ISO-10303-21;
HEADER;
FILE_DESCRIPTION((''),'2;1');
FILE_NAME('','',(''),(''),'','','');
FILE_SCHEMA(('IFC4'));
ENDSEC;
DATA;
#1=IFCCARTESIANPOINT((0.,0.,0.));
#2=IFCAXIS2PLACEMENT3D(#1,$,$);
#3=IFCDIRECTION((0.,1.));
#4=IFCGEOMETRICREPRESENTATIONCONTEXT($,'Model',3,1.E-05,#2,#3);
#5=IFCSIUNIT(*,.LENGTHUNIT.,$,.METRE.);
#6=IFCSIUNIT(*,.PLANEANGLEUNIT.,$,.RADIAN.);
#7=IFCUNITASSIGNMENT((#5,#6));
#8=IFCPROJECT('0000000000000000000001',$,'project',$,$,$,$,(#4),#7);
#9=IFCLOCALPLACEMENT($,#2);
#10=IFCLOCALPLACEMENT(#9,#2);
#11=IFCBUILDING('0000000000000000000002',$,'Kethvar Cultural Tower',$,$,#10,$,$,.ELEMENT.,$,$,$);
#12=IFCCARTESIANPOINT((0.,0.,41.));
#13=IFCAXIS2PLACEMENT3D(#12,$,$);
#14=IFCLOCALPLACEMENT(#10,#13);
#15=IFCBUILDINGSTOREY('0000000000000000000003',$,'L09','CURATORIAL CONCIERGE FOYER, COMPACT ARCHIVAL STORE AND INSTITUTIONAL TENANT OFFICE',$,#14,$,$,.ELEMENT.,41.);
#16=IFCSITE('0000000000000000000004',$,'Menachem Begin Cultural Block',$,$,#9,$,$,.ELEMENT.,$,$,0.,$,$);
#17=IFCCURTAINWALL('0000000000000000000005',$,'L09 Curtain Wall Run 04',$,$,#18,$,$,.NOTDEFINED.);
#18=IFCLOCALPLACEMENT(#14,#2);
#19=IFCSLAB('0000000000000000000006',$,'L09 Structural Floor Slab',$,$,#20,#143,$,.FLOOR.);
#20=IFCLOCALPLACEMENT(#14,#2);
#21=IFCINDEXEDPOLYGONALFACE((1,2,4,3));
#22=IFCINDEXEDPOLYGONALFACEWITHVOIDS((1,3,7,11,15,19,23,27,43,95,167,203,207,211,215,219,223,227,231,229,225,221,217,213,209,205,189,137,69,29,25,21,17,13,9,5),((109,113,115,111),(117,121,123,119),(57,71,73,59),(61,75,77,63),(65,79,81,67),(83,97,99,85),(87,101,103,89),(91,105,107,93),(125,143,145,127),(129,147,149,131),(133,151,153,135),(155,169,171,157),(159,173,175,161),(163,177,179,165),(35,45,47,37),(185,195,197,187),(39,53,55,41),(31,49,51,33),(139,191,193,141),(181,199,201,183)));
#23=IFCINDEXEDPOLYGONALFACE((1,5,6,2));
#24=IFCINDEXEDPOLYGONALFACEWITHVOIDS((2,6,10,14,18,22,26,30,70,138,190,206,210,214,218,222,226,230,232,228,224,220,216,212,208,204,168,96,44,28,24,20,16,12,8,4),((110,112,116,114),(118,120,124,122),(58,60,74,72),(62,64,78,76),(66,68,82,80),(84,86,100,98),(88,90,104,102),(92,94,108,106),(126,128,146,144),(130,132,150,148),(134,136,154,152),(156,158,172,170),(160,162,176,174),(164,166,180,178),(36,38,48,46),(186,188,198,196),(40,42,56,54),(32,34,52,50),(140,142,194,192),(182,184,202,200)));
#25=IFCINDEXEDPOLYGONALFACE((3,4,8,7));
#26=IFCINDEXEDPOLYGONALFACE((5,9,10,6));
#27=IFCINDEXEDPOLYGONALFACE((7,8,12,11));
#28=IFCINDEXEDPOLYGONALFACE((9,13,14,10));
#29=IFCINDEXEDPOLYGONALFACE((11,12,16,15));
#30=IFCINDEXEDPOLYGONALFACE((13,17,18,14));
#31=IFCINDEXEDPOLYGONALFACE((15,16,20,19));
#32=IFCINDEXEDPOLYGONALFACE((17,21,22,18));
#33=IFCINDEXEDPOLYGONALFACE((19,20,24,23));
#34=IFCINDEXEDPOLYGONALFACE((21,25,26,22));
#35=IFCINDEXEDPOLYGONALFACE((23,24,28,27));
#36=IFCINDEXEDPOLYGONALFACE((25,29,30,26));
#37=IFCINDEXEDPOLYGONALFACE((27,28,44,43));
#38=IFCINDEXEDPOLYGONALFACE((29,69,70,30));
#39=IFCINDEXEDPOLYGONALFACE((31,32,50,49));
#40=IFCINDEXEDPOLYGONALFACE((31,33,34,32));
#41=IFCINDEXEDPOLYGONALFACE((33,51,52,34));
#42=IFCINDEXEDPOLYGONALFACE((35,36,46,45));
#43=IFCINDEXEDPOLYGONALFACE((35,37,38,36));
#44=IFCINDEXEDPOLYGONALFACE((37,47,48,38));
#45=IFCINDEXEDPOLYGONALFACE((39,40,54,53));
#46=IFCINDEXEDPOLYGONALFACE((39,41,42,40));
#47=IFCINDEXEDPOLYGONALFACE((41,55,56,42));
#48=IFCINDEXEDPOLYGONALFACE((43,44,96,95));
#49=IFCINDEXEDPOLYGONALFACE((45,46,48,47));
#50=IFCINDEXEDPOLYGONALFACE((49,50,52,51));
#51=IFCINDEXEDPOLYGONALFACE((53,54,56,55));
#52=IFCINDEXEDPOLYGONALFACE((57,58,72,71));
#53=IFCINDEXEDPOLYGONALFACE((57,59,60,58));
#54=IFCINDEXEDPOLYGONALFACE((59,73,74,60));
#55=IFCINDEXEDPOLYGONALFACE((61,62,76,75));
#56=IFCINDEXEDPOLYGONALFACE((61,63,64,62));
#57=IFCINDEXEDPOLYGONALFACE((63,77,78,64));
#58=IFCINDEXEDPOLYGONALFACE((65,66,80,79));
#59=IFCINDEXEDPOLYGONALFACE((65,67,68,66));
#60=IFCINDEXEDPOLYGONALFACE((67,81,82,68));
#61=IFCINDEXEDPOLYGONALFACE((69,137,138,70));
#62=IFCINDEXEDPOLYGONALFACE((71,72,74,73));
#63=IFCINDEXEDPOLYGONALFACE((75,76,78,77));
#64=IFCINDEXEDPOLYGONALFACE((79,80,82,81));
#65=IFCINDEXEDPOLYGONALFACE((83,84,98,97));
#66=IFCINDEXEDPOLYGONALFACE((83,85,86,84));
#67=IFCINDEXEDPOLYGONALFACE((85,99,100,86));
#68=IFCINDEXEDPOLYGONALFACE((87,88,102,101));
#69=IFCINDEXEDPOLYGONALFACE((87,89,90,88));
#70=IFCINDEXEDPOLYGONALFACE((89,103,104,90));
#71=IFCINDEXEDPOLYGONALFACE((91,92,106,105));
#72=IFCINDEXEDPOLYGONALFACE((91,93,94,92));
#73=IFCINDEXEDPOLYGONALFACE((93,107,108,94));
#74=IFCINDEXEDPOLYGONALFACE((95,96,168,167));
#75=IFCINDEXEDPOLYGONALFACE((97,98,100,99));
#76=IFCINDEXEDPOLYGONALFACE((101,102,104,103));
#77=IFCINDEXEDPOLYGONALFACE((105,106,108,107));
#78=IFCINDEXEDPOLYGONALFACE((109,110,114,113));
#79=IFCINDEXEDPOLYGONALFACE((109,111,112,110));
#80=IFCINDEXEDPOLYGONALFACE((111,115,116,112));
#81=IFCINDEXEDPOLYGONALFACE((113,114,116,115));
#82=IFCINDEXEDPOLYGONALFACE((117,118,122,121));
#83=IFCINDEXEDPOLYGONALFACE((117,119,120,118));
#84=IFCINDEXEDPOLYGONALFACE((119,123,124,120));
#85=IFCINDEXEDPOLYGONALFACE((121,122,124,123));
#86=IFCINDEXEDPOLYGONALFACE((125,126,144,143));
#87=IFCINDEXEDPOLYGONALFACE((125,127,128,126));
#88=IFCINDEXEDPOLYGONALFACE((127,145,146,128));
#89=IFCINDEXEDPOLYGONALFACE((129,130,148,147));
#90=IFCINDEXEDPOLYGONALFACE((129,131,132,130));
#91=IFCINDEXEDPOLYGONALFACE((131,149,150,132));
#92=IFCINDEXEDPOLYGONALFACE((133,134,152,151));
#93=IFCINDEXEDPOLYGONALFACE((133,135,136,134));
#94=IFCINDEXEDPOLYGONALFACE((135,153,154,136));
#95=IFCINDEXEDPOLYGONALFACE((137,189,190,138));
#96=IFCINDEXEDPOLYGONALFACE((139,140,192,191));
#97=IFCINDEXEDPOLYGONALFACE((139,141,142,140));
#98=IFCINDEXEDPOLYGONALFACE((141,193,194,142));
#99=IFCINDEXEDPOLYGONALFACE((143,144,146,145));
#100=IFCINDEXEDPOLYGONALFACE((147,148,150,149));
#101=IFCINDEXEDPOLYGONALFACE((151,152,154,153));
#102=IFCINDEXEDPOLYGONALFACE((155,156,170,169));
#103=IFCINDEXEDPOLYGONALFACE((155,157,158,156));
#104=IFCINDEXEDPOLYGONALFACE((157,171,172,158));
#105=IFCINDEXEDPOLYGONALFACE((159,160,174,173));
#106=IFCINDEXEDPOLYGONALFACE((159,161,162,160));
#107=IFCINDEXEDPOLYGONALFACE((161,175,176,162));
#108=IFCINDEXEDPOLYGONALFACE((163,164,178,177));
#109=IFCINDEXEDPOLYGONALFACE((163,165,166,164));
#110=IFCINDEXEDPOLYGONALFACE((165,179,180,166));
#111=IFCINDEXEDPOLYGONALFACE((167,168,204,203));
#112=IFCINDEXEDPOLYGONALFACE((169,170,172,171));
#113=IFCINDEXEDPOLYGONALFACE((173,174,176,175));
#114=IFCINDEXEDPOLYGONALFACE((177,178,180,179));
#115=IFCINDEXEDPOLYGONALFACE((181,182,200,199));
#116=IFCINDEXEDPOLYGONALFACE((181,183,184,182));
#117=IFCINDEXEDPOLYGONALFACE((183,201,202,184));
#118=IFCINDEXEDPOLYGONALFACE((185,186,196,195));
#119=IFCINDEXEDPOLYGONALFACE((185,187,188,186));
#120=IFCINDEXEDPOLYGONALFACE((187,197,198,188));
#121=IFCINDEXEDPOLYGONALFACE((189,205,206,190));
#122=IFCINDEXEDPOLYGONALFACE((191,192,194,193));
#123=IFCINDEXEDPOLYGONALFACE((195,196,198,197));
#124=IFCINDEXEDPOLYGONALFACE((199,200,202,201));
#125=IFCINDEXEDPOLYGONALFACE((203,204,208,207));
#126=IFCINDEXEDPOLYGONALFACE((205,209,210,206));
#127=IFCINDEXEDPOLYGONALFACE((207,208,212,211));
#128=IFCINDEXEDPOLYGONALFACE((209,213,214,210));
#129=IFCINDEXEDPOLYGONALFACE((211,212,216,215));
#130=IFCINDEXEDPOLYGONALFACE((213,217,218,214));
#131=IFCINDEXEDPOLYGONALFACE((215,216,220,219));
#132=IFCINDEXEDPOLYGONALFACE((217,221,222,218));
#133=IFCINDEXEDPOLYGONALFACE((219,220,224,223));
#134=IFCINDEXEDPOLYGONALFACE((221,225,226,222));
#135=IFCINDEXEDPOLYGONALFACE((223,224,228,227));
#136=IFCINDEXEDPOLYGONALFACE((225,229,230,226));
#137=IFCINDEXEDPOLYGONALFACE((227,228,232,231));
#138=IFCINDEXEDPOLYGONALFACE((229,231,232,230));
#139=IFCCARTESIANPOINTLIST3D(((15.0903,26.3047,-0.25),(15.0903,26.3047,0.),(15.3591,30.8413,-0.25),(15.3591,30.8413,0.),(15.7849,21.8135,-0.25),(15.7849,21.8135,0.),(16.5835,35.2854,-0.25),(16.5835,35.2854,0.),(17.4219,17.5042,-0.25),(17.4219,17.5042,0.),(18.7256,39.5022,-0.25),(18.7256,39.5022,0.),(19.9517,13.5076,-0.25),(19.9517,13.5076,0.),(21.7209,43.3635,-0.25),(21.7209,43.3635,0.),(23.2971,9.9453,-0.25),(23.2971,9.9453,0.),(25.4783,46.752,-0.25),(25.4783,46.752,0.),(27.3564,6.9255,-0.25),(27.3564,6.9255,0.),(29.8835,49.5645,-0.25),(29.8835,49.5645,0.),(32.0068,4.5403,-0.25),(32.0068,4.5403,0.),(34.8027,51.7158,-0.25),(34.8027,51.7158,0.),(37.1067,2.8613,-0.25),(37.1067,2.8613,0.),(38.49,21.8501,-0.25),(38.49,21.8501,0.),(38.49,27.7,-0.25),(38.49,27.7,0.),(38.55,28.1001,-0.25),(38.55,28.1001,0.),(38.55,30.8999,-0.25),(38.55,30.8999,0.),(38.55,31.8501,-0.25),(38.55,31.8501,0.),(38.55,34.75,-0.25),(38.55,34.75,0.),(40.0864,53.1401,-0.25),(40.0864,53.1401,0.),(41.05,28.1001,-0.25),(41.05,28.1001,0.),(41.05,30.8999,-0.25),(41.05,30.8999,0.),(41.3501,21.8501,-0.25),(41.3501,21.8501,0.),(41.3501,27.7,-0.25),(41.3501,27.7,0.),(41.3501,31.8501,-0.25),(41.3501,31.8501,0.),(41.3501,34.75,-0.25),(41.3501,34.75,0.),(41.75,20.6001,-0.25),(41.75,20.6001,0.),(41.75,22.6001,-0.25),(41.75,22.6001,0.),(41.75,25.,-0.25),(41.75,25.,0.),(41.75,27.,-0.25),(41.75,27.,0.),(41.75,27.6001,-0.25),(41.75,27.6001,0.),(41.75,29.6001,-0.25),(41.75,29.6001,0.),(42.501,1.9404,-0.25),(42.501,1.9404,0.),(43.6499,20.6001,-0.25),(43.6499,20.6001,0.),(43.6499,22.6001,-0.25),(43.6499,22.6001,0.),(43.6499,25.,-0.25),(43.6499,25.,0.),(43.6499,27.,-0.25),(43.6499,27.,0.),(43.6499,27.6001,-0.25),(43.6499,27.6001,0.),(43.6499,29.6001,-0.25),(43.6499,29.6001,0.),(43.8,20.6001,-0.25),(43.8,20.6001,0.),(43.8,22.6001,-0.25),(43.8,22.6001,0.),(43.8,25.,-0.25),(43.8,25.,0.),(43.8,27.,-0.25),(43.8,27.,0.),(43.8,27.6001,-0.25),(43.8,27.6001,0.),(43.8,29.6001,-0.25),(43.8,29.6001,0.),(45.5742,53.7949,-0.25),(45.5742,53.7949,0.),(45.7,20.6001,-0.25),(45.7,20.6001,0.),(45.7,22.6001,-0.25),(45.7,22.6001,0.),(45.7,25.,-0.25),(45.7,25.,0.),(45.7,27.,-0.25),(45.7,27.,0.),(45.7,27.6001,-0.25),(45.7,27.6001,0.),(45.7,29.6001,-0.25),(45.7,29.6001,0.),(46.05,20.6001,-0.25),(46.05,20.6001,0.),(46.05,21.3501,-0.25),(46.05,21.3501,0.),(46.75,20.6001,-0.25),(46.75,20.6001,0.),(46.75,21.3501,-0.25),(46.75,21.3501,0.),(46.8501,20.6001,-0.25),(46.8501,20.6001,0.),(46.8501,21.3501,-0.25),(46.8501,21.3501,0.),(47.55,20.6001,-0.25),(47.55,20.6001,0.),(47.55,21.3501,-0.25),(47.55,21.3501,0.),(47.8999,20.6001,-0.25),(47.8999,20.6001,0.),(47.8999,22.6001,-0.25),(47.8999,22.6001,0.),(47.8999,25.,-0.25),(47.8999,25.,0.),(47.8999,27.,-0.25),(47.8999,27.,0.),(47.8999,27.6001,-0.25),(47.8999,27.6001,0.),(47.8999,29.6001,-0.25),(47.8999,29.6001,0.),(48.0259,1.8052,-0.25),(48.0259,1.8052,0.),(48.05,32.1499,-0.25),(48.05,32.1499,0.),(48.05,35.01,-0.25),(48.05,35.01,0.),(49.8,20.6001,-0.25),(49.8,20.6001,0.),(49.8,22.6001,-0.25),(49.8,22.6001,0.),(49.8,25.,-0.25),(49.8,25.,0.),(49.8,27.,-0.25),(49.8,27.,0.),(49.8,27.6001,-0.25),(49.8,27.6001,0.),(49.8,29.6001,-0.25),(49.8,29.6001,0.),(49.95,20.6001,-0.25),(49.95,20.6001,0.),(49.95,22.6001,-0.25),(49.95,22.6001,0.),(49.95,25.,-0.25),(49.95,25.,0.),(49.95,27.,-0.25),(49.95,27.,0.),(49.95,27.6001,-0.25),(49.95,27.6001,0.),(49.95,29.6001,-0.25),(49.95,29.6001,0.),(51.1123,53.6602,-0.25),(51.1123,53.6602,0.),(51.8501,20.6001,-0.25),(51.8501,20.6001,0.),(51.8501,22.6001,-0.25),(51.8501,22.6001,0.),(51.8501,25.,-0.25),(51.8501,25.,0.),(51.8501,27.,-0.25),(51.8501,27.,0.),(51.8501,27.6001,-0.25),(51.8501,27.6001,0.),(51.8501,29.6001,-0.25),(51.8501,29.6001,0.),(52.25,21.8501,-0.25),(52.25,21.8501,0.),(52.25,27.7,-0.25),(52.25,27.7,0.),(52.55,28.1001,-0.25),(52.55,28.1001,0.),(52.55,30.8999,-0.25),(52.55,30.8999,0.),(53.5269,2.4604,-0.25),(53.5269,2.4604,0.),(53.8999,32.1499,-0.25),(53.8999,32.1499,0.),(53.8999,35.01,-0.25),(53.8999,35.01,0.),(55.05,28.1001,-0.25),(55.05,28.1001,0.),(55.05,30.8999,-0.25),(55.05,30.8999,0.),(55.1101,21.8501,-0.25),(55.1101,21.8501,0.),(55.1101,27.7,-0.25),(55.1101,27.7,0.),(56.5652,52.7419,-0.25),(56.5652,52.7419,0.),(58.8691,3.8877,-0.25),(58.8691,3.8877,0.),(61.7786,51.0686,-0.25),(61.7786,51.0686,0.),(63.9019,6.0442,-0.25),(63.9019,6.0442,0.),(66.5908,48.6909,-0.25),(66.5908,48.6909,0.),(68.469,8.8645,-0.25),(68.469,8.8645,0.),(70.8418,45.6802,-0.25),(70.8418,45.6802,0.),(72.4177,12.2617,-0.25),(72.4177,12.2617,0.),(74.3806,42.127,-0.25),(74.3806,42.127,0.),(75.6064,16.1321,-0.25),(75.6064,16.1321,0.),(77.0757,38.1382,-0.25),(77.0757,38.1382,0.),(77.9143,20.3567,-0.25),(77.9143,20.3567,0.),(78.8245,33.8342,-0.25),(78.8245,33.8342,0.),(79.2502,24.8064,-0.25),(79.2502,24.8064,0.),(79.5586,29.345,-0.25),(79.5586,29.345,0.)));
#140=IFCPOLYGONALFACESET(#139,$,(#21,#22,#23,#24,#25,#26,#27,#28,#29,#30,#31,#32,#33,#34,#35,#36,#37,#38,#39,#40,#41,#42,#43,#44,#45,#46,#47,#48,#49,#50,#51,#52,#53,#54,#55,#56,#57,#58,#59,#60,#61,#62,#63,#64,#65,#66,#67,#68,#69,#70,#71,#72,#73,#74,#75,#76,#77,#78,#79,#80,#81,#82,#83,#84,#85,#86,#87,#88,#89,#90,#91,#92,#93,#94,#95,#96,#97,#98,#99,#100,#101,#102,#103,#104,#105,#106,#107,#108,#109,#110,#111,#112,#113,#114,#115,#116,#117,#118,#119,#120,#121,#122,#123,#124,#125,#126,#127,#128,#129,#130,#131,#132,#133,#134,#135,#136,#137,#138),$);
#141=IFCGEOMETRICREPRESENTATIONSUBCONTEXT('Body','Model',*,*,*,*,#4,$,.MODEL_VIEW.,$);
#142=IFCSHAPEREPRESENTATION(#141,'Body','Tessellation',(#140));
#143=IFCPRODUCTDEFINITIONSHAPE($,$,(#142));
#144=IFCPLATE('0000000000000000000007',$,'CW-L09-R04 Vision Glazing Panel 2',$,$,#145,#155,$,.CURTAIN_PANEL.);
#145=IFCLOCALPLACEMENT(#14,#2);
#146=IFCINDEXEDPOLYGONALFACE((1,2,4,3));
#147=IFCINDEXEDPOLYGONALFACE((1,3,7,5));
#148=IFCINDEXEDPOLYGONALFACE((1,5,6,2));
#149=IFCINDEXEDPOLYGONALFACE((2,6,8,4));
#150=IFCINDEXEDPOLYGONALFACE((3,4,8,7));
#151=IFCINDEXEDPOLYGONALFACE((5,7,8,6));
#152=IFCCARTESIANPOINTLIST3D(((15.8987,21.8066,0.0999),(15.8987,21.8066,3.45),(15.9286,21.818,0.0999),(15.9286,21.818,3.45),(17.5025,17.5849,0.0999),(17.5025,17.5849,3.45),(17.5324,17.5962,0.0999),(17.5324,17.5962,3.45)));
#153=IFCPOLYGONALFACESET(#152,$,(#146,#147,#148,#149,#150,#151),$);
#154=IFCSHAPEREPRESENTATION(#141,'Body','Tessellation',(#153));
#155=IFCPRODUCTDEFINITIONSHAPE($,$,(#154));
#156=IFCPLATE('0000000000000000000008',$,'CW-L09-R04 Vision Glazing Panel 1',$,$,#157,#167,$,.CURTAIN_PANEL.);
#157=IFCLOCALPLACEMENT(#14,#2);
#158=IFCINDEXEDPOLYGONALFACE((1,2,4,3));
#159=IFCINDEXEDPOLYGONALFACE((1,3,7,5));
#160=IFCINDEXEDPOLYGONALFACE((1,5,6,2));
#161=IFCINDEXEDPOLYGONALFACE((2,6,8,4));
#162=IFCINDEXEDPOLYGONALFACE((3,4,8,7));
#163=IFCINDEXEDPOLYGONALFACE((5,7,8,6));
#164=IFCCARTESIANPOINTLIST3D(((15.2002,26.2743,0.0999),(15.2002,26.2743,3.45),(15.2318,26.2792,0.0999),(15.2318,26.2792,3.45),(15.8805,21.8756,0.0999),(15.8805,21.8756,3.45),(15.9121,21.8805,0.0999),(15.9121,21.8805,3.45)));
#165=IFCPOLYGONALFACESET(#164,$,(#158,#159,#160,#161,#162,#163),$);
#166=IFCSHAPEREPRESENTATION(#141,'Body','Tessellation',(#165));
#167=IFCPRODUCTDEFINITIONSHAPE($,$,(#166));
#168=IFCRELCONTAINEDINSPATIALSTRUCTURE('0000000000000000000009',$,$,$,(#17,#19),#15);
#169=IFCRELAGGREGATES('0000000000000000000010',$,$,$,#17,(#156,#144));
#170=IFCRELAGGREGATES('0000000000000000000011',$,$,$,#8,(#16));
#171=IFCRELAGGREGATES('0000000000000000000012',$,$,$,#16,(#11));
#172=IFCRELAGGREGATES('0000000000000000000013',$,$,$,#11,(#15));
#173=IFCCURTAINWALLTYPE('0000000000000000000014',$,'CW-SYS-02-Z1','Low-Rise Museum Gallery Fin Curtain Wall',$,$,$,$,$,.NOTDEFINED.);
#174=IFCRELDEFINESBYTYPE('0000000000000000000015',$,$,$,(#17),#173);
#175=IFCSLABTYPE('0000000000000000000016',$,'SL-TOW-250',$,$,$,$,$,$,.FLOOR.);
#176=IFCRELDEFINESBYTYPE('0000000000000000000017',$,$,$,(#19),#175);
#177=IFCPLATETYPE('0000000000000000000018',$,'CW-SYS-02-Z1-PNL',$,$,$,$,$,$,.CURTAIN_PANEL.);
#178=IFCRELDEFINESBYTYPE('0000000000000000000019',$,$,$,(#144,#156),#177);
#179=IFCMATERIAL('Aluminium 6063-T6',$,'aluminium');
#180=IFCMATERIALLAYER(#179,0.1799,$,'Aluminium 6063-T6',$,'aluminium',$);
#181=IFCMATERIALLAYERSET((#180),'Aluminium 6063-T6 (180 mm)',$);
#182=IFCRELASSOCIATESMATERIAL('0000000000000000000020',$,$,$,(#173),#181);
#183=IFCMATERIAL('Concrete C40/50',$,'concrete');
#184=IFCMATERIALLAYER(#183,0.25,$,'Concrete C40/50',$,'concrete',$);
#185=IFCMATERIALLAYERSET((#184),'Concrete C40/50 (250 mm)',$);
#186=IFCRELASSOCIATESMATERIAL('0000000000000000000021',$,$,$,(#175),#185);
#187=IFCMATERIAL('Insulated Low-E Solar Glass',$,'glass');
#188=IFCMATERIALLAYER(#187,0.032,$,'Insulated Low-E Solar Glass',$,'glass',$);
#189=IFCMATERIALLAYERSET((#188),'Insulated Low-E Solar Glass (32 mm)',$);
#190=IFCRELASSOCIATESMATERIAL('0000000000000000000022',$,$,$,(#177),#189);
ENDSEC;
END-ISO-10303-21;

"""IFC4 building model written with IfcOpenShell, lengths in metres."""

from ifc_helpers import new_model, si_unit, direction, frame, origin, origin_2d, place, context, subcontext, project, spatial, polyline, rectangle, outline, extrude, source, transform, mapped, material, layer, layer_set, type_object, element, aggregate, save


model = new_model("IFC4")

# Units and contexts
model_context = context("Model", 3, precision=1e-05, world=origin(), true_north=direction((0.0, 1.0)))
body_context = subcontext(model_context, "Body", "Model", "MODEL_VIEW")
ifc_project = project(units=[si_unit("LENGTHUNIT", "METRE"), si_unit("PLANEANGLEUNIT", "RADIAN")], contexts=[model_context])

# Site, building, storey
site_placement = place(None, origin())
site = spatial("IfcSite", under=ifc_project, at=site_placement, Name="Menachem Begin Cultural Block", CompositionType="ELEMENT", RefElevation=0.0)
building_placement = place(site_placement, origin())
building = spatial("IfcBuilding", under=site, at=building_placement, Name="Kethvar Cultural Tower", CompositionType="ELEMENT")
storey_placement = place(building_placement, frame((0.0, 0.0, 41.0)))
storey = spatial("IfcBuildingStorey", under=building, at=storey_placement, Name="L09", Description="CURATORIAL CONCIERGE FOYER, COMPACT ARCHIVAL STORE AND INSTITUTIONAL TENANT OFFICE", CompositionType="ELEMENT", Elevation=41.0)

# Curtain wall
ifc_material_1 = material(Name="Aluminium 6063-T6", Category="aluminium")
ifc_layer_1 = layer(ifc_material_1, 0.1799, Name="Aluminium 6063-T6", Category="aluminium")
ifc_layer_set_1 = layer_set([ifc_layer_1], Name="Aluminium 6063-T6 (180 mm)")
curtain_wall_type = type_object("IfcCurtainWallType", Name="CW-SYS-02-Z1", Description="Low-Rise Museum Gallery Fin Curtain Wall", PredefinedType="NOTDEFINED", material=ifc_layer_set_1)
curtain_wall_placement = place(storey_placement, origin())
curtain_wall = element("IfcCurtainWall", 1, at=curtain_wall_placement, inside=storey, type_object=curtain_wall_type, Name="L09 Curtain Wall Run 04", PredefinedType="NOTDEFINED")

# Shared definitions
ifc_material_2 = material(Name="Concrete C40/50", Category="concrete")

# Slab
ifc_layer_2 = layer(ifc_material_2, 0.25, Name="Concrete C40/50", Category="concrete")
ifc_layer_set_2 = layer_set([ifc_layer_2], Name="Concrete C40/50 (250 mm)")
slab_type_1 = type_object("IfcSlabType", Name="SL-TOW-250", PredefinedType="FLOOR", material=ifc_layer_set_2)
slab_1_placement = place(storey_placement, frame((0.0, 0.0, -0.25)))
element("IfcSlab", 2, at=slab_1_placement, inside=storey, type_object=slab_type_1, Name="L09 Structural Floor Slab", PredefinedType="FLOOR", context=body_context, shape_type="SweptSolid", body=[
    extrude(outline(polyline([(79.5586, 29.345), (78.8245, 33.8342), (77.0757, 38.1382), (74.3806, 42.127), (70.8418, 45.6802), (66.5908, 48.6909), (61.7786, 51.0686), (56.5652, 52.7419), (51.1123, 53.6602), (45.5742, 53.7949), (40.0864, 53.1401), (34.8027, 51.7158), (29.8835, 49.5645), (25.4783, 46.752), (21.7209, 43.3635), (18.7256, 39.5022), (16.5835, 35.2854), (15.3591, 30.8413), (15.0903, 26.3047), (15.7849, 21.8135), (17.4219, 17.5042), (19.9517, 13.5076), (23.2971, 9.9453), (27.3564, 6.9255), (32.0068, 4.5403), (37.1067, 2.8613), (42.501, 1.9404), (48.0259, 1.8052), (53.5269, 2.4604), (58.8691, 3.8877), (63.9019, 6.0442), (68.469, 8.8645), (72.4177, 12.2617), (75.6064, 16.1321), (77.9143, 20.3567), (79.2502, 24.8064), (79.5586, 29.345)]), holes=[polyline([(38.49, 21.8501), (38.49, 27.7), (41.3501, 27.7), (41.3501, 21.8501), (38.49, 21.8501)]), polyline([(52.25, 21.8501), (52.25, 27.7), (55.1101, 27.7), (55.1101, 21.8501), (52.25, 21.8501)]), polyline([(53.8999, 32.1499), (48.05, 32.1499), (48.05, 35.01), (53.8999, 35.01), (53.8999, 32.1499)]), polyline([(41.75, 22.6001), (43.6499, 22.6001), (43.6499, 20.6001), (41.75, 20.6001), (41.75, 22.6001)]), polyline([(43.8, 22.6001), (45.7, 22.6001), (45.7, 20.6001), (43.8, 20.6001), (43.8, 22.6001)]), polyline([(47.8999, 22.6001), (49.8, 22.6001), (49.8, 20.6001), (47.8999, 20.6001), (47.8999, 22.6001)]), polyline([(49.95, 22.6001), (51.8501, 22.6001), (51.8501, 20.6001), (49.95, 20.6001), (49.95, 22.6001)]), polyline([(41.75, 27.0), (43.6499, 27.0), (43.6499, 25.0), (41.75, 25.0), (41.75, 27.0)]), polyline([(43.8, 27.0), (45.7, 27.0), (45.7, 25.0), (43.8, 25.0), (43.8, 27.0)]), polyline([(47.8999, 27.0), (49.8, 27.0), (49.8, 25.0), (47.8999, 25.0), (47.8999, 27.0)]), polyline([(49.95, 27.0), (51.8501, 27.0), (51.8501, 25.0), (49.95, 25.0), (49.95, 27.0)]), polyline([(41.75, 29.6001), (43.6499, 29.6001), (43.6499, 27.6001), (41.75, 27.6001), (41.75, 29.6001)]), polyline([(43.8, 29.6001), (45.7, 29.6001), (45.7, 27.6001), (43.8, 27.6001), (43.8, 29.6001)]), polyline([(47.8999, 29.6001), (49.8, 29.6001), (49.8, 27.6001), (47.8999, 27.6001), (47.8999, 29.6001)]), polyline([(49.95, 29.6001), (51.8501, 29.6001), (51.8501, 27.6001), (49.95, 27.6001), (49.95, 29.6001)]), polyline([(38.55, 30.8999), (41.05, 30.8999), (41.05, 28.1001), (38.55, 28.1001), (38.55, 30.8999)]), polyline([(52.55, 30.8999), (55.05, 30.8999), (55.05, 28.1001), (52.55, 28.1001), (52.55, 30.8999)]), polyline([(38.55, 34.75), (41.3501, 34.75), (41.3501, 31.8501), (38.55, 31.8501), (38.55, 34.75)]), polyline([(46.05, 21.3501), (46.75, 21.3501), (46.75, 20.6001), (46.05, 20.6001), (46.05, 21.3501)]), polyline([(46.8501, 21.3501), (47.55, 21.3501), (47.55, 20.6001), (46.8501, 20.6001), (46.8501, 21.3501)])]), origin(), (0.0, 0.0, 1.0), 0.25),
])

# Plates
ifc_material_3 = material(Name="Insulated Low-E Solar Glass", Category="glass")
ifc_layer_3 = layer(ifc_material_3, 0.032, Name="Insulated Low-E Solar Glass", Category="glass")
ifc_layer_set_3 = layer_set([ifc_layer_3], Name="Insulated Low-E Solar Glass (32 mm)")
plate_type = type_object("IfcPlateType", Name="CW-SYS-02-Z1-PNL", PredefinedType="CURTAIN_PANEL", material=ifc_layer_set_3)
shared_shape_1 = source(origin(), body_context, "Body", "SweptSolid", [
    extrude(rectangle(XDim=4.5161, YDim=0.032, at=origin_2d()), origin(), (0.0, 0.0, 1.0), 3.3501),
])
plate_1_placement = place(storey_placement, frame((16.7156, 19.7014, 0.0999), z_axis=(0.0, 0.0, 1.0), x_axis=(0.355123, -0.934819, 0.0)))
plate_1 = element("IfcPlate", 3, at=plate_1_placement, type_object=plate_type, Name="CW-L09-R04 Vision Glazing Panel 2", PredefinedType="CURTAIN_PANEL", context=body_context, shape_type="MappedRepresentation", body=[
    mapped(shared_shape_1, transform((0.0, 0.0, 0.0), scale=1.0)),
])
shared_shape_2 = source(origin(), body_context, "Body", "SweptSolid", [
    extrude(rectangle(XDim=4.4509, YDim=0.032, at=origin_2d()), origin(), (0.0, 0.0, 1.0), 3.3501),
])
plate_2_placement = place(storey_placement, frame((15.5562, 24.0774, 0.0999), z_axis=(0.0, 0.0, 1.0), x_axis=(0.152848, -0.98825, 0.0)))
plate_2 = element("IfcPlate", 4, at=plate_2_placement, type_object=plate_type, Name="CW-L09-R04 Vision Glazing Panel 1", PredefinedType="CURTAIN_PANEL", context=body_context, shape_type="MappedRepresentation", body=[
    mapped(shared_shape_2, transform((0.0, 0.0, 0.0), scale=1.0)),
])
aggregate(curtain_wall, [plate_2, plate_1])

save(model, "model.ifc")
